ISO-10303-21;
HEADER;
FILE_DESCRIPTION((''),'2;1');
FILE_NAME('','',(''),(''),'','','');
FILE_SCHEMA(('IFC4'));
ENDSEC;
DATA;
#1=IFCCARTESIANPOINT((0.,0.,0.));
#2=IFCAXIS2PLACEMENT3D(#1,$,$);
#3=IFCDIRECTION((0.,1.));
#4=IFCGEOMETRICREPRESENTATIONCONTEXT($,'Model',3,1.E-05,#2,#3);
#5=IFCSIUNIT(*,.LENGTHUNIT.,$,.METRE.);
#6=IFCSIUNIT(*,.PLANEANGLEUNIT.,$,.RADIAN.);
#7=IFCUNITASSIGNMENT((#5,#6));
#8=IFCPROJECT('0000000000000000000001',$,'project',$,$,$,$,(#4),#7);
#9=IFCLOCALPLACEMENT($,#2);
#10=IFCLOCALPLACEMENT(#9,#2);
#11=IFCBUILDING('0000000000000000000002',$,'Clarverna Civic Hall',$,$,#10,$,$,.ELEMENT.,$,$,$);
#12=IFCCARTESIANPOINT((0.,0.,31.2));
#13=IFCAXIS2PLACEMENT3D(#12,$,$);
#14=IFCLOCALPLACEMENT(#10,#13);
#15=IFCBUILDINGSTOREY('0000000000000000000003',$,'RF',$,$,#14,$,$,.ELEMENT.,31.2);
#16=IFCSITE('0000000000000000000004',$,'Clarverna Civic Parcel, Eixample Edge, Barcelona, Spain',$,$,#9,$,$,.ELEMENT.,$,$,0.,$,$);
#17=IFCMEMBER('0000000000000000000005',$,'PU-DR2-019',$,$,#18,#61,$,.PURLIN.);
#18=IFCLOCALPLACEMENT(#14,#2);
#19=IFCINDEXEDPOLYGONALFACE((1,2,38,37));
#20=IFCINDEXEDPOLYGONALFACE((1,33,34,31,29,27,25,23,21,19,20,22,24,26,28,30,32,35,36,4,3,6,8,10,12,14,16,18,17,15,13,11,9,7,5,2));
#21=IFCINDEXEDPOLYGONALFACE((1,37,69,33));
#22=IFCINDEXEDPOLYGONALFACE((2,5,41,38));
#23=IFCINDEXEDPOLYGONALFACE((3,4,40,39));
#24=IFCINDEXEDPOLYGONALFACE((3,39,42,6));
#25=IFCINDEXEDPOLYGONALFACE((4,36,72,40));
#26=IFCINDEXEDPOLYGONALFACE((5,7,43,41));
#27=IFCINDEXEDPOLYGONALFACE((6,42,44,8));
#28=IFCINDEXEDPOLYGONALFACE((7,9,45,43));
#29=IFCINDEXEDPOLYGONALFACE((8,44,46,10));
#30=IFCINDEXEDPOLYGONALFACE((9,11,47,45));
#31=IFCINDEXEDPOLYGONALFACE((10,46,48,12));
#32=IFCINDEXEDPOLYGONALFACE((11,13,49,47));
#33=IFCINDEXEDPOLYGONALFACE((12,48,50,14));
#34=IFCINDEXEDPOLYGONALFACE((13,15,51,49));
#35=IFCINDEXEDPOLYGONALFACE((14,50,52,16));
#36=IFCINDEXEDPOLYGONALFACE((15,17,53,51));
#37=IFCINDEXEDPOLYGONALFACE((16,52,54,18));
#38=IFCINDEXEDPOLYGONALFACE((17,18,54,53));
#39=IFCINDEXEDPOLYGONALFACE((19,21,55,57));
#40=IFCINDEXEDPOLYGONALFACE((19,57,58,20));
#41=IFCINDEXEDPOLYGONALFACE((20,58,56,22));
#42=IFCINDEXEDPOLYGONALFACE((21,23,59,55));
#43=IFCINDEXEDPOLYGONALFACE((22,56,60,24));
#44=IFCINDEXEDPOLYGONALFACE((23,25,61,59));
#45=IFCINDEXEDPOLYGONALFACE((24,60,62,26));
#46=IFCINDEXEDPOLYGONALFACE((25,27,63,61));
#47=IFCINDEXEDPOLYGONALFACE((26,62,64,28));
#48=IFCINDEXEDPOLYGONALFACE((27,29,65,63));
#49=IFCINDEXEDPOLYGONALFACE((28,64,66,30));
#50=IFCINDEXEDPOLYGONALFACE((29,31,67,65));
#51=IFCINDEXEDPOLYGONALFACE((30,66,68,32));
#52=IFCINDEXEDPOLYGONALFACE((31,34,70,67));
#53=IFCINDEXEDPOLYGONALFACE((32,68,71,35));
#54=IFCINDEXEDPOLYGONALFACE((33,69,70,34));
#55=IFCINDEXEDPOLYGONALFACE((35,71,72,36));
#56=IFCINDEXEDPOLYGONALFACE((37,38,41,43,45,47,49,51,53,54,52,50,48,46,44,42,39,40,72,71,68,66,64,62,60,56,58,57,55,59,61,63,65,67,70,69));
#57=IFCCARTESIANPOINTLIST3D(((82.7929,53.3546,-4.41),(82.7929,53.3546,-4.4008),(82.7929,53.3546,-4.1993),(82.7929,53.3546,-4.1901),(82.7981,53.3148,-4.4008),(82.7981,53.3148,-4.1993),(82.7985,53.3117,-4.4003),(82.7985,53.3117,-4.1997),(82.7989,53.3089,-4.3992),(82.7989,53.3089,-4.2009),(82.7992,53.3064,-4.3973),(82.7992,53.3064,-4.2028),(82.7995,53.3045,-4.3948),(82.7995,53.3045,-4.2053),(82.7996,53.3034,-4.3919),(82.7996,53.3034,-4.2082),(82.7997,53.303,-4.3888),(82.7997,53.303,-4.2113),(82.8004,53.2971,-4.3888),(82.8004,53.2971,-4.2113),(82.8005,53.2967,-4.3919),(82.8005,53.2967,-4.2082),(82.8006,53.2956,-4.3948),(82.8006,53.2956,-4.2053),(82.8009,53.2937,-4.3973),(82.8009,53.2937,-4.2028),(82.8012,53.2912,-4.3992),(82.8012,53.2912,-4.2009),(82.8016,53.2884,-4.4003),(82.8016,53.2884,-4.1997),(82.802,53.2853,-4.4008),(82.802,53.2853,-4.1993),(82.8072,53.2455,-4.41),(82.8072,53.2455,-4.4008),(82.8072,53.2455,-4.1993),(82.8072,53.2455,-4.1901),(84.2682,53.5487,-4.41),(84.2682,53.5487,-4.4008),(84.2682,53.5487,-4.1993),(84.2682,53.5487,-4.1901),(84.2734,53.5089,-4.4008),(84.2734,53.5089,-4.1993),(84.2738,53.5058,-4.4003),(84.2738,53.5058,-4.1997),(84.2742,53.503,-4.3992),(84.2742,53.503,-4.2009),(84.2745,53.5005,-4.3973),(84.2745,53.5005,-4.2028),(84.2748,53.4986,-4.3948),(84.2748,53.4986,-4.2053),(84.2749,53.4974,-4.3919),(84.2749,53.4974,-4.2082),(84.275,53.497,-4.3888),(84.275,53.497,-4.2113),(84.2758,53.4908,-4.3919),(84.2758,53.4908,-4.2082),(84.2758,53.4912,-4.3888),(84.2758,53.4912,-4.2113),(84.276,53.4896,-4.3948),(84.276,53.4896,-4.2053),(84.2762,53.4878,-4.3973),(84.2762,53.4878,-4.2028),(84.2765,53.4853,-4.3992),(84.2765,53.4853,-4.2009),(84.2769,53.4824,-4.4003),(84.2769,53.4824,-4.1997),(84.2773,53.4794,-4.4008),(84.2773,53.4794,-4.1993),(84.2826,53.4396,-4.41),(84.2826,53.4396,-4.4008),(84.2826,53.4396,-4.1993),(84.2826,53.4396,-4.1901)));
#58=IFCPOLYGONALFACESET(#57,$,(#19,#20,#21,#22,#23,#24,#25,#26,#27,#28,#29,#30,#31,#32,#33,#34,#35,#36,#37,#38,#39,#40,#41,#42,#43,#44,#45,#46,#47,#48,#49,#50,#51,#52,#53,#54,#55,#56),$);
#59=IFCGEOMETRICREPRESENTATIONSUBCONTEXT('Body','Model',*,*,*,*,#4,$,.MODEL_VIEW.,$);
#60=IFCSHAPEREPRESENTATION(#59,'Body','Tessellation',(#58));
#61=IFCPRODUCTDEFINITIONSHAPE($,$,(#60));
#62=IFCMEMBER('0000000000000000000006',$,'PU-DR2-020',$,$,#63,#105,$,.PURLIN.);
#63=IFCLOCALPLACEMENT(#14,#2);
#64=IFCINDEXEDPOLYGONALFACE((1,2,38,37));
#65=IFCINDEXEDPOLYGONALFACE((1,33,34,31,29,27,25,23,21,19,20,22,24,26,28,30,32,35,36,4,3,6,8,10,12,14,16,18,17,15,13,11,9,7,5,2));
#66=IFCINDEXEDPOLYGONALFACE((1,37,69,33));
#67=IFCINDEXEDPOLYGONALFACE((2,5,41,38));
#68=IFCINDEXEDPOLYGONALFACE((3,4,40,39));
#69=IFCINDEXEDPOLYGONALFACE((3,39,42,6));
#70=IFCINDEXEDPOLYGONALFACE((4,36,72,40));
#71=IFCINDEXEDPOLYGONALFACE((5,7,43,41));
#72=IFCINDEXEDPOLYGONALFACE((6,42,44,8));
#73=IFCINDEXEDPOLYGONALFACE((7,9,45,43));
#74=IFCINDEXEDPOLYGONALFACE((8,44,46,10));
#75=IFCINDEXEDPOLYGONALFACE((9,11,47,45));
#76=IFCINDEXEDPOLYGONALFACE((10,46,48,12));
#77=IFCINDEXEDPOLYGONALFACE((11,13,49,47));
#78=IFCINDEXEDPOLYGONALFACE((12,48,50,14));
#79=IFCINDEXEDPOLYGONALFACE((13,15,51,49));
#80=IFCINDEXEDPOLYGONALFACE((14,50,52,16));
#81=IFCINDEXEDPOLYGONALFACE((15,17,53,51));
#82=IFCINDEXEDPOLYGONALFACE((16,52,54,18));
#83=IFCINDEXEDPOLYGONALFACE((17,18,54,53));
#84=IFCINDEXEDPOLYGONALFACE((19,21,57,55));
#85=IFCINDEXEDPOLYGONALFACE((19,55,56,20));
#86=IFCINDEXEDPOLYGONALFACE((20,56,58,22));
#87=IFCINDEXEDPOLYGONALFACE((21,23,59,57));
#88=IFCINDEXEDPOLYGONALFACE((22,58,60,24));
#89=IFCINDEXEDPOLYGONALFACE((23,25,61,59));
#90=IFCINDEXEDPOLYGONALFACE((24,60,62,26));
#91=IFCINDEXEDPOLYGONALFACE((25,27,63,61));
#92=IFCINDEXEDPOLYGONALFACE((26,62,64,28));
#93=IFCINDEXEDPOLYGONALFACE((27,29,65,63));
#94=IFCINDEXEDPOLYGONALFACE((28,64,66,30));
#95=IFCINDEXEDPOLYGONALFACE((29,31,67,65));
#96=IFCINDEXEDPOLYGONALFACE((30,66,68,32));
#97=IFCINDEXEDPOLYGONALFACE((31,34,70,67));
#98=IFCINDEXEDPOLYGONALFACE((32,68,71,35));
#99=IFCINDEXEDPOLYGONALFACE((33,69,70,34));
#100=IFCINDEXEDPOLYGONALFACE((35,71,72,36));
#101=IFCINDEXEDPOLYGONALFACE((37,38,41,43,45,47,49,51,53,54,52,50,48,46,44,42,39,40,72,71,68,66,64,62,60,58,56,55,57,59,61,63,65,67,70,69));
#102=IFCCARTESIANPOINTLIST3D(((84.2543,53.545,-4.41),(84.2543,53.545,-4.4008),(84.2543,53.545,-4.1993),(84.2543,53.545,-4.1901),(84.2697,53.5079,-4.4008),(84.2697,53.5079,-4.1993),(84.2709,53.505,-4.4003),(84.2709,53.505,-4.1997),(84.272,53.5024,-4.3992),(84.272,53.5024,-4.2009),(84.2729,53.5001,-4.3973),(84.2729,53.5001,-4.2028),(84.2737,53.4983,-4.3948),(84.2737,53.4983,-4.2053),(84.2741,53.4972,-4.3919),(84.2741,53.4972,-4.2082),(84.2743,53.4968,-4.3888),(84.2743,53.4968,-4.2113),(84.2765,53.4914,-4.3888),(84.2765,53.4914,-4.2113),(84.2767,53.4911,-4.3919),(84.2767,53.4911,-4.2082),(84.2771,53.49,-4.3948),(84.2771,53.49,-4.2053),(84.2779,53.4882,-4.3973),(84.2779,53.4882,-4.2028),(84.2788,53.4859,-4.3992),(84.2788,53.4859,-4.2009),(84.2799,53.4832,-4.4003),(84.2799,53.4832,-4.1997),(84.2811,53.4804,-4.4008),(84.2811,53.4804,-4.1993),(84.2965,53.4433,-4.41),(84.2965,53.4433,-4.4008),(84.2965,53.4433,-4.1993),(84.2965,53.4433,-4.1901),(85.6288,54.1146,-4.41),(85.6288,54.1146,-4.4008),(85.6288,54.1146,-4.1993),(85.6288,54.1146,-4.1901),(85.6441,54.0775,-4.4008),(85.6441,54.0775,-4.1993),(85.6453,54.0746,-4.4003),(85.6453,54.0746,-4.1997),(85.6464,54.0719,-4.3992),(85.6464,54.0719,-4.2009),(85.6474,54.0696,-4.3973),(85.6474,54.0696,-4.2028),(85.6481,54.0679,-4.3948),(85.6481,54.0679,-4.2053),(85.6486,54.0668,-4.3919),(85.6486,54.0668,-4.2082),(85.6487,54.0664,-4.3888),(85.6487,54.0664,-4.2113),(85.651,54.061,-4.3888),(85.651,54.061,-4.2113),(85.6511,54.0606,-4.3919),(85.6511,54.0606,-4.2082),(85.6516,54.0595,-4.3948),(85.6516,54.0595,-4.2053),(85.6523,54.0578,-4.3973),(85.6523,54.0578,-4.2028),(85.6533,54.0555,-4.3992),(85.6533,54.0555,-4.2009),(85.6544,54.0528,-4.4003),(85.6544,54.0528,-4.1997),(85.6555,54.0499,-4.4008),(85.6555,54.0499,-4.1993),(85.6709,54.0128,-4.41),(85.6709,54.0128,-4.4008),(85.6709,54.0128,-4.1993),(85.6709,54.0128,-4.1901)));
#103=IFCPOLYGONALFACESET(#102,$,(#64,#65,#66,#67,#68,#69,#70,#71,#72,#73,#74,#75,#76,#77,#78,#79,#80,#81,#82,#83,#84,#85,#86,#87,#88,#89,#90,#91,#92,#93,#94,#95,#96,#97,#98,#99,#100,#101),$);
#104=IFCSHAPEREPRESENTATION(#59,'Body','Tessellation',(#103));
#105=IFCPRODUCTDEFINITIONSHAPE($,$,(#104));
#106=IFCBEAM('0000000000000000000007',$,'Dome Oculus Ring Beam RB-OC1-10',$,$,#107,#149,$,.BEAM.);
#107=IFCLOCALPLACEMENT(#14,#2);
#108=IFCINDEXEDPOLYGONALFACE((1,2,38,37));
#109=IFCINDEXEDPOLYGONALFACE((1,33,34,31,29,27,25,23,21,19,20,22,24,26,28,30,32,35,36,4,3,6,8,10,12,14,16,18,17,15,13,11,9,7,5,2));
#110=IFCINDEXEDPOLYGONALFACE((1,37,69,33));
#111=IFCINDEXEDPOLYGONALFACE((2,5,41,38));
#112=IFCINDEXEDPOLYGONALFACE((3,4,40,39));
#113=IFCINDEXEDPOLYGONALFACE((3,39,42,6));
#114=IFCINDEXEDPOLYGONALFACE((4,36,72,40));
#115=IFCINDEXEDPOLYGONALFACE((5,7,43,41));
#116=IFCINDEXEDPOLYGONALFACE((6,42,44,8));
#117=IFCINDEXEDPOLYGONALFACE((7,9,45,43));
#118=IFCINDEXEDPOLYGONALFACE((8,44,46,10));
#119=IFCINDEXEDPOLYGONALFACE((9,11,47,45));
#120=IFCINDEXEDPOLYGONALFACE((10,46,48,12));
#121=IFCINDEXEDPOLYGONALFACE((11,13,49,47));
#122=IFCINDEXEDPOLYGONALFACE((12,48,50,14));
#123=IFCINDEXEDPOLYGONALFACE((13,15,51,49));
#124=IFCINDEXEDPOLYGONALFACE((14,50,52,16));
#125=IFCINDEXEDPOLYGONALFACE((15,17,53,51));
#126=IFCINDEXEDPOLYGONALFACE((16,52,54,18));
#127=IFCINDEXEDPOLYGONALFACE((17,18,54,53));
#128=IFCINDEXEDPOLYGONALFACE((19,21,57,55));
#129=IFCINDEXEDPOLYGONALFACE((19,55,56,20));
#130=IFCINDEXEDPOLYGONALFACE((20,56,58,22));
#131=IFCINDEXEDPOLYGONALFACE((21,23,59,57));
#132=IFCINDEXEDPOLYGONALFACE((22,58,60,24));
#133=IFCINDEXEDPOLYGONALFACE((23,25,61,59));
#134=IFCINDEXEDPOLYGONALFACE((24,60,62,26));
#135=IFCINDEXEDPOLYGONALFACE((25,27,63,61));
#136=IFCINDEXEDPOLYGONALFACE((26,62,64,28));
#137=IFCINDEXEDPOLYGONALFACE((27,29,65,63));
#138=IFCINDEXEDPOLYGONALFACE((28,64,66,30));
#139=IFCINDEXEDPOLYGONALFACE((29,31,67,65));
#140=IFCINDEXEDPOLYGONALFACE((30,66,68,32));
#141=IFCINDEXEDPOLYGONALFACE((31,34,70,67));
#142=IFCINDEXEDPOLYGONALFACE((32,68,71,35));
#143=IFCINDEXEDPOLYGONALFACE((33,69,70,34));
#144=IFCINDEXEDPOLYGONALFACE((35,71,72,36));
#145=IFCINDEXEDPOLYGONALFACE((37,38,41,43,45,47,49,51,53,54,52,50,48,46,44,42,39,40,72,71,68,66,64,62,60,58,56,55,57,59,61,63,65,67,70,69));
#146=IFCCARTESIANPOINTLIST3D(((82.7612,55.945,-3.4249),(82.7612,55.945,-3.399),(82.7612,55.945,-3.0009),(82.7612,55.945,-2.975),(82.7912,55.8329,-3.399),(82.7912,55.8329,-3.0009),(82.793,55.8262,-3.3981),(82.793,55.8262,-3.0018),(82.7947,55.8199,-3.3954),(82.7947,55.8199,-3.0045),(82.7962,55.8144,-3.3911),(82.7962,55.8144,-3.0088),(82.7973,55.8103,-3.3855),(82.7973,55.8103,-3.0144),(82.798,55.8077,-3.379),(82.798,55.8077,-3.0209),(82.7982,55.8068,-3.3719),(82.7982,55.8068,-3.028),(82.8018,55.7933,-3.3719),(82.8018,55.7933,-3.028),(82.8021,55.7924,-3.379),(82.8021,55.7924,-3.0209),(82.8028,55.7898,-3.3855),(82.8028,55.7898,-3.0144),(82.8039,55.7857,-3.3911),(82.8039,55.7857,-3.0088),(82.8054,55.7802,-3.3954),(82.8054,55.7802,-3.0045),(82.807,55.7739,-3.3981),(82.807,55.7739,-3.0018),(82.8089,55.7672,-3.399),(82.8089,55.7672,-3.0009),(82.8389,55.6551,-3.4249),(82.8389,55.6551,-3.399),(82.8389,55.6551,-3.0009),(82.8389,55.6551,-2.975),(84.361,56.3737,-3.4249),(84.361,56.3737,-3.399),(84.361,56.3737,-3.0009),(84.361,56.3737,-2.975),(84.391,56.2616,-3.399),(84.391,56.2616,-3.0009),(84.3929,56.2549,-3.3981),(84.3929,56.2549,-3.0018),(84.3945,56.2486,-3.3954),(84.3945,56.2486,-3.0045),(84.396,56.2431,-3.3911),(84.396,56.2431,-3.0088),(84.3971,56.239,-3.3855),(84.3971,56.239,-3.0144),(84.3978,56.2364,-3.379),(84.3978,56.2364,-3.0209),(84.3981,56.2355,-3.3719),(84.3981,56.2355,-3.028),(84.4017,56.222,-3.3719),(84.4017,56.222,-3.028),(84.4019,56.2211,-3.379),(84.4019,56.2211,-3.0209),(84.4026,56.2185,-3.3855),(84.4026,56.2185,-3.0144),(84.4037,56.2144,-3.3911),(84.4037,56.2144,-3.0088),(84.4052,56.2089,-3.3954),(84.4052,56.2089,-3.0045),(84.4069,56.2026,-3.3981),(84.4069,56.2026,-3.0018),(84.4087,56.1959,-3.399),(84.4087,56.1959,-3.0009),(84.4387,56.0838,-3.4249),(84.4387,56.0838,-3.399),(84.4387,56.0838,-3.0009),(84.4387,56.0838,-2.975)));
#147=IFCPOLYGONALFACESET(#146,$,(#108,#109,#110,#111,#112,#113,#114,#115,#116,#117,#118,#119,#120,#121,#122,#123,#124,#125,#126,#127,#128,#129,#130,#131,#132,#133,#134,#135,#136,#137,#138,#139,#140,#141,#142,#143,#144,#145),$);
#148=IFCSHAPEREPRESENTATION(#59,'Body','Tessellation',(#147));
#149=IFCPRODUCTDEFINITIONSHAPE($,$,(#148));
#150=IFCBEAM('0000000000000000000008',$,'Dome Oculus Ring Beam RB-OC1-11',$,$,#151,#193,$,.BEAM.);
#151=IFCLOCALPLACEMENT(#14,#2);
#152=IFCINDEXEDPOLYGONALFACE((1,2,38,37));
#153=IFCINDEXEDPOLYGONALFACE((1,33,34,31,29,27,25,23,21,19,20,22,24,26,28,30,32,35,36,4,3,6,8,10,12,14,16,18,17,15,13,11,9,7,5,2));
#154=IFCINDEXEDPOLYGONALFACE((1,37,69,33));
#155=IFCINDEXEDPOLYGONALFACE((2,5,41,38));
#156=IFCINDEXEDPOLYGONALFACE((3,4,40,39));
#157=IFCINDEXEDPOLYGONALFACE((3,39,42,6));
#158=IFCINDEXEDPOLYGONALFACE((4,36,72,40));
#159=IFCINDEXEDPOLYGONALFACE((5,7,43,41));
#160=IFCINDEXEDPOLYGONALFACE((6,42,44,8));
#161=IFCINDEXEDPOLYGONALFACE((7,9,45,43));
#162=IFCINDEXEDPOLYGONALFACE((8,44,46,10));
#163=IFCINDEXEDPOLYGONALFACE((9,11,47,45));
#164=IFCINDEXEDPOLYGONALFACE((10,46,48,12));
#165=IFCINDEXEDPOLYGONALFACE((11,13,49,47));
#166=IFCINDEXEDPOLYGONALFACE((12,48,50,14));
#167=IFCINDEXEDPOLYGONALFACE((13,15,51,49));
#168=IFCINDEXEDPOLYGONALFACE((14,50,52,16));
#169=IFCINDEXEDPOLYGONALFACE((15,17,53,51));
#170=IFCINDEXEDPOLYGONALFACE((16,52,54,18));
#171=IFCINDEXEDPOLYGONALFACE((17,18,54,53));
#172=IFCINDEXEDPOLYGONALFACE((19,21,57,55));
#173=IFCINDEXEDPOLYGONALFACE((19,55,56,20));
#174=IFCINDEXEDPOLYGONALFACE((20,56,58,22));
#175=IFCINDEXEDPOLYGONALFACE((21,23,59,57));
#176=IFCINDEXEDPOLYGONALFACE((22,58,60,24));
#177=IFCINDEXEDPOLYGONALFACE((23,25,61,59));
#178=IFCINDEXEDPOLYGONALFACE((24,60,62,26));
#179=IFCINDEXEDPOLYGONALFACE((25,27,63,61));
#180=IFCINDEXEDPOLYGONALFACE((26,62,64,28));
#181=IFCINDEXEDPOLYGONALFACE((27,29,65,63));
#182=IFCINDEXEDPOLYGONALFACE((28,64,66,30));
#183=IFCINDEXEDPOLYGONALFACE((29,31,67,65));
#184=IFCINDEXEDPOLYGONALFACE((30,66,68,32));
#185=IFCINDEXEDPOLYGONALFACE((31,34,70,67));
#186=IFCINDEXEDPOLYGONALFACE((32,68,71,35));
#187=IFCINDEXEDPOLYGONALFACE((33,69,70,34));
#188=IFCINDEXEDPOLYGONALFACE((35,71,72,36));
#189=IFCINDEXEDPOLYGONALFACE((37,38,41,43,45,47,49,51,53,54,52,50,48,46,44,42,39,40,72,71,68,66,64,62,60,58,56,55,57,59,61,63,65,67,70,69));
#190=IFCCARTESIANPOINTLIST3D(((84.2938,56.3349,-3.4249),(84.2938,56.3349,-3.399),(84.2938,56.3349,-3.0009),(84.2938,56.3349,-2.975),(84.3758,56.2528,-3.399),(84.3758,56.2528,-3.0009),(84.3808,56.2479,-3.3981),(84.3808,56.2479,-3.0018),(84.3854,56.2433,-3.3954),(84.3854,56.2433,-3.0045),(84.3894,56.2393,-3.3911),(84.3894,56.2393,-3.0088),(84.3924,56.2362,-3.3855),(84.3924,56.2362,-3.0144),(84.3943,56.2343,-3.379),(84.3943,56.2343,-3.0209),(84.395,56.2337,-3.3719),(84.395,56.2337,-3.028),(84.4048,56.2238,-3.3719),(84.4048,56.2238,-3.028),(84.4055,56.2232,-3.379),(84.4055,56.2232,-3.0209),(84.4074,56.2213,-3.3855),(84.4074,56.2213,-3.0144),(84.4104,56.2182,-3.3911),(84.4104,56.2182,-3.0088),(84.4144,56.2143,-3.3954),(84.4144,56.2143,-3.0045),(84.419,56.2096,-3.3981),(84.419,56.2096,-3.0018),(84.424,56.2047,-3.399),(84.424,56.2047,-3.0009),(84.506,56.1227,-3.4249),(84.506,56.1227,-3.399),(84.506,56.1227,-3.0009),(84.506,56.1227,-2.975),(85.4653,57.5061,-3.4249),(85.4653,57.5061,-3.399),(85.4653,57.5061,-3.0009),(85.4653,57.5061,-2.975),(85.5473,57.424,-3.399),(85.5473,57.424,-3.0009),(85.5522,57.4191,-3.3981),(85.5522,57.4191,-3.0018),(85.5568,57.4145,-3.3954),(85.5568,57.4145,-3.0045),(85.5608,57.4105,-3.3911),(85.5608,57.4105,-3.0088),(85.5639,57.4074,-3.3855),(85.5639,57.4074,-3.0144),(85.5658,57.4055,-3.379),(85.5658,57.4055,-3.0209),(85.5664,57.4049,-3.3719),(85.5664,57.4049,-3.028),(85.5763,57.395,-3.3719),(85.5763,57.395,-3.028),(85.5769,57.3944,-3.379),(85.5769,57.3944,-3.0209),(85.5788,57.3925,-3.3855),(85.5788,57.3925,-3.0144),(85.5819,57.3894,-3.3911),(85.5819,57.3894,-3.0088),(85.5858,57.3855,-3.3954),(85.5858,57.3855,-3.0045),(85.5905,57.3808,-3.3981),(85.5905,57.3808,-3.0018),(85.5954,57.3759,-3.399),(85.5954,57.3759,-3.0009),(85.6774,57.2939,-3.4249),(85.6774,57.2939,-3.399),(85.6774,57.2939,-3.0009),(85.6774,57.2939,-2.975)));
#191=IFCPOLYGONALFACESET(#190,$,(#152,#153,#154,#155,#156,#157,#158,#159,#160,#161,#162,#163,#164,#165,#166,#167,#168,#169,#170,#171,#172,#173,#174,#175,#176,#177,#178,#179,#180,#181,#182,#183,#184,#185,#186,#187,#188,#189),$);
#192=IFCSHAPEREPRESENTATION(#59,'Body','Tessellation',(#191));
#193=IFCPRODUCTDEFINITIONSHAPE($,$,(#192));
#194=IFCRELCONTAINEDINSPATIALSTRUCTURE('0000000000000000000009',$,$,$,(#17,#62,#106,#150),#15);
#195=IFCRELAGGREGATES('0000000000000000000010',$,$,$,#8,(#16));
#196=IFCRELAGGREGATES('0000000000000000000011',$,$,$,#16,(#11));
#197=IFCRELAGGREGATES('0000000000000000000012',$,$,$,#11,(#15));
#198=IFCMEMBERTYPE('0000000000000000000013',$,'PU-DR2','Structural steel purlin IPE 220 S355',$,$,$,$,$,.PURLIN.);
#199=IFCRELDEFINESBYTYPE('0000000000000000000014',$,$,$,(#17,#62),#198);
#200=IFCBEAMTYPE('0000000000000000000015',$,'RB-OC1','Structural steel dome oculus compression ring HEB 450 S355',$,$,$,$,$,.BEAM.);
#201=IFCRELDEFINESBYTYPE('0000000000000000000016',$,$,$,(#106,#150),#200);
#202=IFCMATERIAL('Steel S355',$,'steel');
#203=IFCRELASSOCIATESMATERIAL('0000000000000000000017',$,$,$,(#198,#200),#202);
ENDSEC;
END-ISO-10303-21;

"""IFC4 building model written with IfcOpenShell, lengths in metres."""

from ifc_helpers import new_model, si_unit, direction, frame, origin, origin_2d, place, context, subcontext, project, spatial, i_section, extrude, material, material_profile, profile_set, type_object, element, save


model = new_model("IFC4")

# Units and contexts
model_context = context("Model", 3, precision=1e-05, world=origin(), true_north=direction((0.0, 1.0)))
body_context = subcontext(model_context, "Body", "Model", "MODEL_VIEW")
ifc_project = project(units=[si_unit("LENGTHUNIT", "METRE"), si_unit("PLANEANGLEUNIT", "RADIAN")], contexts=[model_context])

# Site, building, storey
site_placement = place(None, origin())
site = spatial("IfcSite", under=ifc_project, at=site_placement, Name="Clarverna Civic Parcel, Eixample Edge, Barcelona, Spain", CompositionType="ELEMENT", RefElevation=0.0)
building_placement = place(site_placement, origin())
building = spatial("IfcBuilding", under=site, at=building_placement, Name="Clarverna Civic Hall", CompositionType="ELEMENT")
storey_placement = place(building_placement, frame((0.0, 0.0, 31.2)))
storey = spatial("IfcBuildingStorey", under=building, at=storey_placement, Name="RF", CompositionType="ELEMENT", Elevation=31.2)

# Members
ifc_material_1 = material(Name="Steel S355", Category="steel")
ifc_material_profile_1 = material_profile(ifc_material_1, i_section(OverallWidth=0.1101, OverallDepth=0.22, WebThickness=0.0059, FlangeThickness=0.0093, FilletRadius=0.012, at=origin_2d()), Name="IPE 220")
ifc_profile_set_1 = profile_set([ifc_material_profile_1], Name="Steel S355")
member_type_1 = type_object("IfcMemberType", Name="PU-DR2", Description="Structural steel purlin IPE 220 S355", PredefinedType="PURLIN", material=ifc_profile_set_1)
for number, where, z_axis, x_axis, name in (
    (1, (82.8, 53.3, -4.3), (0.991457, 0.130433, 0.0), (-0.130433, 0.991457, 0.0), "PU-DR2-019"),
):
    element("IfcMember", number, at=place(storey_placement, frame(where, z_axis=z_axis, x_axis=x_axis)), inside=storey, type_object=member_type_1, Name=name, PredefinedType="PURLIN", context=body_context, shape_type="SweptSolid", body=[
        extrude(i_section(OverallWidth=0.1101, OverallDepth=0.22, WebThickness=0.0059, FlangeThickness=0.0093, FilletRadius=0.012, at=origin_2d()), origin(), (0.0, 0.0, 1.0), 1.488),
    ])
member_1_placement = place(storey_placement, frame((84.2754, 53.4941, -4.3), z_axis=(0.923823, 0.38282, 0.0), x_axis=(-0.38282, 0.923823, 0.0)))
element("IfcMember", 2, at=member_1_placement, inside=storey, type_object=member_type_1, Name="PU-DR2-020", PredefinedType="PURLIN", context=body_context, shape_type="SweptSolid", body=[
    extrude(i_section(OverallWidth=0.1101, OverallDepth=0.22, WebThickness=0.0059, FlangeThickness=0.0093, FilletRadius=0.012, at=origin_2d()), origin(), (0.0, 0.0, 1.0), 1.4878),
])

# Beams
ifc_material_profile_2 = material_profile(ifc_material_1, i_section(OverallWidth=0.3, OverallDepth=0.45, WebThickness=0.0139, FlangeThickness=0.0259, FilletRadius=0.0271, at=origin_2d()), Name="HEB 450")
ifc_profile_set_2 = profile_set([ifc_material_profile_2], Name="Steel S355")
beam_type = type_object("IfcBeamType", Name="RB-OC1", Description="Structural steel dome oculus compression ring HEB 450 S355", PredefinedType="BEAM", material=ifc_profile_set_2)
beam_placement = place(storey_placement, frame((82.8, 55.8, -3.2), z_axis=(0.965921, 0.258837, 0.0), x_axis=(-0.258837, 0.965921, 0.0)))
element("IfcBeam", 3, at=beam_placement, inside=storey, type_object=beam_type, Name="Dome Oculus Ring Beam RB-OC1-10", PredefinedType="BEAM", context=body_context, shape_type="SweptSolid", body=[
    extrude(i_section(OverallWidth=0.3, OverallDepth=0.45, WebThickness=0.0139, FlangeThickness=0.0259, FilletRadius=0.0271, at=origin_2d()), origin(), (0.0, 0.0, 1.0), 1.6562),
])
for number, where, z_axis, x_axis, name in (
    (4, (84.3999, 56.2288, -3.2), (0.70718, 0.707033, 0.0), (-0.707033, 0.70718, 0.0), "Dome Oculus Ring Beam RB-OC1-11"),
):
    element("IfcBeam", number, at=place(storey_placement, frame(where, z_axis=z_axis, x_axis=x_axis)), inside=storey, type_object=beam_type, Name=name, PredefinedType="BEAM", context=body_context, shape_type="SweptSolid", body=[
        extrude(i_section(OverallWidth=0.3, OverallDepth=0.45, WebThickness=0.0139, FlangeThickness=0.0259, FilletRadius=0.0271, at=origin_2d()), origin(), (0.0, 0.0, 1.0), 1.6565),
    ])

save(model, "model.ifc")
